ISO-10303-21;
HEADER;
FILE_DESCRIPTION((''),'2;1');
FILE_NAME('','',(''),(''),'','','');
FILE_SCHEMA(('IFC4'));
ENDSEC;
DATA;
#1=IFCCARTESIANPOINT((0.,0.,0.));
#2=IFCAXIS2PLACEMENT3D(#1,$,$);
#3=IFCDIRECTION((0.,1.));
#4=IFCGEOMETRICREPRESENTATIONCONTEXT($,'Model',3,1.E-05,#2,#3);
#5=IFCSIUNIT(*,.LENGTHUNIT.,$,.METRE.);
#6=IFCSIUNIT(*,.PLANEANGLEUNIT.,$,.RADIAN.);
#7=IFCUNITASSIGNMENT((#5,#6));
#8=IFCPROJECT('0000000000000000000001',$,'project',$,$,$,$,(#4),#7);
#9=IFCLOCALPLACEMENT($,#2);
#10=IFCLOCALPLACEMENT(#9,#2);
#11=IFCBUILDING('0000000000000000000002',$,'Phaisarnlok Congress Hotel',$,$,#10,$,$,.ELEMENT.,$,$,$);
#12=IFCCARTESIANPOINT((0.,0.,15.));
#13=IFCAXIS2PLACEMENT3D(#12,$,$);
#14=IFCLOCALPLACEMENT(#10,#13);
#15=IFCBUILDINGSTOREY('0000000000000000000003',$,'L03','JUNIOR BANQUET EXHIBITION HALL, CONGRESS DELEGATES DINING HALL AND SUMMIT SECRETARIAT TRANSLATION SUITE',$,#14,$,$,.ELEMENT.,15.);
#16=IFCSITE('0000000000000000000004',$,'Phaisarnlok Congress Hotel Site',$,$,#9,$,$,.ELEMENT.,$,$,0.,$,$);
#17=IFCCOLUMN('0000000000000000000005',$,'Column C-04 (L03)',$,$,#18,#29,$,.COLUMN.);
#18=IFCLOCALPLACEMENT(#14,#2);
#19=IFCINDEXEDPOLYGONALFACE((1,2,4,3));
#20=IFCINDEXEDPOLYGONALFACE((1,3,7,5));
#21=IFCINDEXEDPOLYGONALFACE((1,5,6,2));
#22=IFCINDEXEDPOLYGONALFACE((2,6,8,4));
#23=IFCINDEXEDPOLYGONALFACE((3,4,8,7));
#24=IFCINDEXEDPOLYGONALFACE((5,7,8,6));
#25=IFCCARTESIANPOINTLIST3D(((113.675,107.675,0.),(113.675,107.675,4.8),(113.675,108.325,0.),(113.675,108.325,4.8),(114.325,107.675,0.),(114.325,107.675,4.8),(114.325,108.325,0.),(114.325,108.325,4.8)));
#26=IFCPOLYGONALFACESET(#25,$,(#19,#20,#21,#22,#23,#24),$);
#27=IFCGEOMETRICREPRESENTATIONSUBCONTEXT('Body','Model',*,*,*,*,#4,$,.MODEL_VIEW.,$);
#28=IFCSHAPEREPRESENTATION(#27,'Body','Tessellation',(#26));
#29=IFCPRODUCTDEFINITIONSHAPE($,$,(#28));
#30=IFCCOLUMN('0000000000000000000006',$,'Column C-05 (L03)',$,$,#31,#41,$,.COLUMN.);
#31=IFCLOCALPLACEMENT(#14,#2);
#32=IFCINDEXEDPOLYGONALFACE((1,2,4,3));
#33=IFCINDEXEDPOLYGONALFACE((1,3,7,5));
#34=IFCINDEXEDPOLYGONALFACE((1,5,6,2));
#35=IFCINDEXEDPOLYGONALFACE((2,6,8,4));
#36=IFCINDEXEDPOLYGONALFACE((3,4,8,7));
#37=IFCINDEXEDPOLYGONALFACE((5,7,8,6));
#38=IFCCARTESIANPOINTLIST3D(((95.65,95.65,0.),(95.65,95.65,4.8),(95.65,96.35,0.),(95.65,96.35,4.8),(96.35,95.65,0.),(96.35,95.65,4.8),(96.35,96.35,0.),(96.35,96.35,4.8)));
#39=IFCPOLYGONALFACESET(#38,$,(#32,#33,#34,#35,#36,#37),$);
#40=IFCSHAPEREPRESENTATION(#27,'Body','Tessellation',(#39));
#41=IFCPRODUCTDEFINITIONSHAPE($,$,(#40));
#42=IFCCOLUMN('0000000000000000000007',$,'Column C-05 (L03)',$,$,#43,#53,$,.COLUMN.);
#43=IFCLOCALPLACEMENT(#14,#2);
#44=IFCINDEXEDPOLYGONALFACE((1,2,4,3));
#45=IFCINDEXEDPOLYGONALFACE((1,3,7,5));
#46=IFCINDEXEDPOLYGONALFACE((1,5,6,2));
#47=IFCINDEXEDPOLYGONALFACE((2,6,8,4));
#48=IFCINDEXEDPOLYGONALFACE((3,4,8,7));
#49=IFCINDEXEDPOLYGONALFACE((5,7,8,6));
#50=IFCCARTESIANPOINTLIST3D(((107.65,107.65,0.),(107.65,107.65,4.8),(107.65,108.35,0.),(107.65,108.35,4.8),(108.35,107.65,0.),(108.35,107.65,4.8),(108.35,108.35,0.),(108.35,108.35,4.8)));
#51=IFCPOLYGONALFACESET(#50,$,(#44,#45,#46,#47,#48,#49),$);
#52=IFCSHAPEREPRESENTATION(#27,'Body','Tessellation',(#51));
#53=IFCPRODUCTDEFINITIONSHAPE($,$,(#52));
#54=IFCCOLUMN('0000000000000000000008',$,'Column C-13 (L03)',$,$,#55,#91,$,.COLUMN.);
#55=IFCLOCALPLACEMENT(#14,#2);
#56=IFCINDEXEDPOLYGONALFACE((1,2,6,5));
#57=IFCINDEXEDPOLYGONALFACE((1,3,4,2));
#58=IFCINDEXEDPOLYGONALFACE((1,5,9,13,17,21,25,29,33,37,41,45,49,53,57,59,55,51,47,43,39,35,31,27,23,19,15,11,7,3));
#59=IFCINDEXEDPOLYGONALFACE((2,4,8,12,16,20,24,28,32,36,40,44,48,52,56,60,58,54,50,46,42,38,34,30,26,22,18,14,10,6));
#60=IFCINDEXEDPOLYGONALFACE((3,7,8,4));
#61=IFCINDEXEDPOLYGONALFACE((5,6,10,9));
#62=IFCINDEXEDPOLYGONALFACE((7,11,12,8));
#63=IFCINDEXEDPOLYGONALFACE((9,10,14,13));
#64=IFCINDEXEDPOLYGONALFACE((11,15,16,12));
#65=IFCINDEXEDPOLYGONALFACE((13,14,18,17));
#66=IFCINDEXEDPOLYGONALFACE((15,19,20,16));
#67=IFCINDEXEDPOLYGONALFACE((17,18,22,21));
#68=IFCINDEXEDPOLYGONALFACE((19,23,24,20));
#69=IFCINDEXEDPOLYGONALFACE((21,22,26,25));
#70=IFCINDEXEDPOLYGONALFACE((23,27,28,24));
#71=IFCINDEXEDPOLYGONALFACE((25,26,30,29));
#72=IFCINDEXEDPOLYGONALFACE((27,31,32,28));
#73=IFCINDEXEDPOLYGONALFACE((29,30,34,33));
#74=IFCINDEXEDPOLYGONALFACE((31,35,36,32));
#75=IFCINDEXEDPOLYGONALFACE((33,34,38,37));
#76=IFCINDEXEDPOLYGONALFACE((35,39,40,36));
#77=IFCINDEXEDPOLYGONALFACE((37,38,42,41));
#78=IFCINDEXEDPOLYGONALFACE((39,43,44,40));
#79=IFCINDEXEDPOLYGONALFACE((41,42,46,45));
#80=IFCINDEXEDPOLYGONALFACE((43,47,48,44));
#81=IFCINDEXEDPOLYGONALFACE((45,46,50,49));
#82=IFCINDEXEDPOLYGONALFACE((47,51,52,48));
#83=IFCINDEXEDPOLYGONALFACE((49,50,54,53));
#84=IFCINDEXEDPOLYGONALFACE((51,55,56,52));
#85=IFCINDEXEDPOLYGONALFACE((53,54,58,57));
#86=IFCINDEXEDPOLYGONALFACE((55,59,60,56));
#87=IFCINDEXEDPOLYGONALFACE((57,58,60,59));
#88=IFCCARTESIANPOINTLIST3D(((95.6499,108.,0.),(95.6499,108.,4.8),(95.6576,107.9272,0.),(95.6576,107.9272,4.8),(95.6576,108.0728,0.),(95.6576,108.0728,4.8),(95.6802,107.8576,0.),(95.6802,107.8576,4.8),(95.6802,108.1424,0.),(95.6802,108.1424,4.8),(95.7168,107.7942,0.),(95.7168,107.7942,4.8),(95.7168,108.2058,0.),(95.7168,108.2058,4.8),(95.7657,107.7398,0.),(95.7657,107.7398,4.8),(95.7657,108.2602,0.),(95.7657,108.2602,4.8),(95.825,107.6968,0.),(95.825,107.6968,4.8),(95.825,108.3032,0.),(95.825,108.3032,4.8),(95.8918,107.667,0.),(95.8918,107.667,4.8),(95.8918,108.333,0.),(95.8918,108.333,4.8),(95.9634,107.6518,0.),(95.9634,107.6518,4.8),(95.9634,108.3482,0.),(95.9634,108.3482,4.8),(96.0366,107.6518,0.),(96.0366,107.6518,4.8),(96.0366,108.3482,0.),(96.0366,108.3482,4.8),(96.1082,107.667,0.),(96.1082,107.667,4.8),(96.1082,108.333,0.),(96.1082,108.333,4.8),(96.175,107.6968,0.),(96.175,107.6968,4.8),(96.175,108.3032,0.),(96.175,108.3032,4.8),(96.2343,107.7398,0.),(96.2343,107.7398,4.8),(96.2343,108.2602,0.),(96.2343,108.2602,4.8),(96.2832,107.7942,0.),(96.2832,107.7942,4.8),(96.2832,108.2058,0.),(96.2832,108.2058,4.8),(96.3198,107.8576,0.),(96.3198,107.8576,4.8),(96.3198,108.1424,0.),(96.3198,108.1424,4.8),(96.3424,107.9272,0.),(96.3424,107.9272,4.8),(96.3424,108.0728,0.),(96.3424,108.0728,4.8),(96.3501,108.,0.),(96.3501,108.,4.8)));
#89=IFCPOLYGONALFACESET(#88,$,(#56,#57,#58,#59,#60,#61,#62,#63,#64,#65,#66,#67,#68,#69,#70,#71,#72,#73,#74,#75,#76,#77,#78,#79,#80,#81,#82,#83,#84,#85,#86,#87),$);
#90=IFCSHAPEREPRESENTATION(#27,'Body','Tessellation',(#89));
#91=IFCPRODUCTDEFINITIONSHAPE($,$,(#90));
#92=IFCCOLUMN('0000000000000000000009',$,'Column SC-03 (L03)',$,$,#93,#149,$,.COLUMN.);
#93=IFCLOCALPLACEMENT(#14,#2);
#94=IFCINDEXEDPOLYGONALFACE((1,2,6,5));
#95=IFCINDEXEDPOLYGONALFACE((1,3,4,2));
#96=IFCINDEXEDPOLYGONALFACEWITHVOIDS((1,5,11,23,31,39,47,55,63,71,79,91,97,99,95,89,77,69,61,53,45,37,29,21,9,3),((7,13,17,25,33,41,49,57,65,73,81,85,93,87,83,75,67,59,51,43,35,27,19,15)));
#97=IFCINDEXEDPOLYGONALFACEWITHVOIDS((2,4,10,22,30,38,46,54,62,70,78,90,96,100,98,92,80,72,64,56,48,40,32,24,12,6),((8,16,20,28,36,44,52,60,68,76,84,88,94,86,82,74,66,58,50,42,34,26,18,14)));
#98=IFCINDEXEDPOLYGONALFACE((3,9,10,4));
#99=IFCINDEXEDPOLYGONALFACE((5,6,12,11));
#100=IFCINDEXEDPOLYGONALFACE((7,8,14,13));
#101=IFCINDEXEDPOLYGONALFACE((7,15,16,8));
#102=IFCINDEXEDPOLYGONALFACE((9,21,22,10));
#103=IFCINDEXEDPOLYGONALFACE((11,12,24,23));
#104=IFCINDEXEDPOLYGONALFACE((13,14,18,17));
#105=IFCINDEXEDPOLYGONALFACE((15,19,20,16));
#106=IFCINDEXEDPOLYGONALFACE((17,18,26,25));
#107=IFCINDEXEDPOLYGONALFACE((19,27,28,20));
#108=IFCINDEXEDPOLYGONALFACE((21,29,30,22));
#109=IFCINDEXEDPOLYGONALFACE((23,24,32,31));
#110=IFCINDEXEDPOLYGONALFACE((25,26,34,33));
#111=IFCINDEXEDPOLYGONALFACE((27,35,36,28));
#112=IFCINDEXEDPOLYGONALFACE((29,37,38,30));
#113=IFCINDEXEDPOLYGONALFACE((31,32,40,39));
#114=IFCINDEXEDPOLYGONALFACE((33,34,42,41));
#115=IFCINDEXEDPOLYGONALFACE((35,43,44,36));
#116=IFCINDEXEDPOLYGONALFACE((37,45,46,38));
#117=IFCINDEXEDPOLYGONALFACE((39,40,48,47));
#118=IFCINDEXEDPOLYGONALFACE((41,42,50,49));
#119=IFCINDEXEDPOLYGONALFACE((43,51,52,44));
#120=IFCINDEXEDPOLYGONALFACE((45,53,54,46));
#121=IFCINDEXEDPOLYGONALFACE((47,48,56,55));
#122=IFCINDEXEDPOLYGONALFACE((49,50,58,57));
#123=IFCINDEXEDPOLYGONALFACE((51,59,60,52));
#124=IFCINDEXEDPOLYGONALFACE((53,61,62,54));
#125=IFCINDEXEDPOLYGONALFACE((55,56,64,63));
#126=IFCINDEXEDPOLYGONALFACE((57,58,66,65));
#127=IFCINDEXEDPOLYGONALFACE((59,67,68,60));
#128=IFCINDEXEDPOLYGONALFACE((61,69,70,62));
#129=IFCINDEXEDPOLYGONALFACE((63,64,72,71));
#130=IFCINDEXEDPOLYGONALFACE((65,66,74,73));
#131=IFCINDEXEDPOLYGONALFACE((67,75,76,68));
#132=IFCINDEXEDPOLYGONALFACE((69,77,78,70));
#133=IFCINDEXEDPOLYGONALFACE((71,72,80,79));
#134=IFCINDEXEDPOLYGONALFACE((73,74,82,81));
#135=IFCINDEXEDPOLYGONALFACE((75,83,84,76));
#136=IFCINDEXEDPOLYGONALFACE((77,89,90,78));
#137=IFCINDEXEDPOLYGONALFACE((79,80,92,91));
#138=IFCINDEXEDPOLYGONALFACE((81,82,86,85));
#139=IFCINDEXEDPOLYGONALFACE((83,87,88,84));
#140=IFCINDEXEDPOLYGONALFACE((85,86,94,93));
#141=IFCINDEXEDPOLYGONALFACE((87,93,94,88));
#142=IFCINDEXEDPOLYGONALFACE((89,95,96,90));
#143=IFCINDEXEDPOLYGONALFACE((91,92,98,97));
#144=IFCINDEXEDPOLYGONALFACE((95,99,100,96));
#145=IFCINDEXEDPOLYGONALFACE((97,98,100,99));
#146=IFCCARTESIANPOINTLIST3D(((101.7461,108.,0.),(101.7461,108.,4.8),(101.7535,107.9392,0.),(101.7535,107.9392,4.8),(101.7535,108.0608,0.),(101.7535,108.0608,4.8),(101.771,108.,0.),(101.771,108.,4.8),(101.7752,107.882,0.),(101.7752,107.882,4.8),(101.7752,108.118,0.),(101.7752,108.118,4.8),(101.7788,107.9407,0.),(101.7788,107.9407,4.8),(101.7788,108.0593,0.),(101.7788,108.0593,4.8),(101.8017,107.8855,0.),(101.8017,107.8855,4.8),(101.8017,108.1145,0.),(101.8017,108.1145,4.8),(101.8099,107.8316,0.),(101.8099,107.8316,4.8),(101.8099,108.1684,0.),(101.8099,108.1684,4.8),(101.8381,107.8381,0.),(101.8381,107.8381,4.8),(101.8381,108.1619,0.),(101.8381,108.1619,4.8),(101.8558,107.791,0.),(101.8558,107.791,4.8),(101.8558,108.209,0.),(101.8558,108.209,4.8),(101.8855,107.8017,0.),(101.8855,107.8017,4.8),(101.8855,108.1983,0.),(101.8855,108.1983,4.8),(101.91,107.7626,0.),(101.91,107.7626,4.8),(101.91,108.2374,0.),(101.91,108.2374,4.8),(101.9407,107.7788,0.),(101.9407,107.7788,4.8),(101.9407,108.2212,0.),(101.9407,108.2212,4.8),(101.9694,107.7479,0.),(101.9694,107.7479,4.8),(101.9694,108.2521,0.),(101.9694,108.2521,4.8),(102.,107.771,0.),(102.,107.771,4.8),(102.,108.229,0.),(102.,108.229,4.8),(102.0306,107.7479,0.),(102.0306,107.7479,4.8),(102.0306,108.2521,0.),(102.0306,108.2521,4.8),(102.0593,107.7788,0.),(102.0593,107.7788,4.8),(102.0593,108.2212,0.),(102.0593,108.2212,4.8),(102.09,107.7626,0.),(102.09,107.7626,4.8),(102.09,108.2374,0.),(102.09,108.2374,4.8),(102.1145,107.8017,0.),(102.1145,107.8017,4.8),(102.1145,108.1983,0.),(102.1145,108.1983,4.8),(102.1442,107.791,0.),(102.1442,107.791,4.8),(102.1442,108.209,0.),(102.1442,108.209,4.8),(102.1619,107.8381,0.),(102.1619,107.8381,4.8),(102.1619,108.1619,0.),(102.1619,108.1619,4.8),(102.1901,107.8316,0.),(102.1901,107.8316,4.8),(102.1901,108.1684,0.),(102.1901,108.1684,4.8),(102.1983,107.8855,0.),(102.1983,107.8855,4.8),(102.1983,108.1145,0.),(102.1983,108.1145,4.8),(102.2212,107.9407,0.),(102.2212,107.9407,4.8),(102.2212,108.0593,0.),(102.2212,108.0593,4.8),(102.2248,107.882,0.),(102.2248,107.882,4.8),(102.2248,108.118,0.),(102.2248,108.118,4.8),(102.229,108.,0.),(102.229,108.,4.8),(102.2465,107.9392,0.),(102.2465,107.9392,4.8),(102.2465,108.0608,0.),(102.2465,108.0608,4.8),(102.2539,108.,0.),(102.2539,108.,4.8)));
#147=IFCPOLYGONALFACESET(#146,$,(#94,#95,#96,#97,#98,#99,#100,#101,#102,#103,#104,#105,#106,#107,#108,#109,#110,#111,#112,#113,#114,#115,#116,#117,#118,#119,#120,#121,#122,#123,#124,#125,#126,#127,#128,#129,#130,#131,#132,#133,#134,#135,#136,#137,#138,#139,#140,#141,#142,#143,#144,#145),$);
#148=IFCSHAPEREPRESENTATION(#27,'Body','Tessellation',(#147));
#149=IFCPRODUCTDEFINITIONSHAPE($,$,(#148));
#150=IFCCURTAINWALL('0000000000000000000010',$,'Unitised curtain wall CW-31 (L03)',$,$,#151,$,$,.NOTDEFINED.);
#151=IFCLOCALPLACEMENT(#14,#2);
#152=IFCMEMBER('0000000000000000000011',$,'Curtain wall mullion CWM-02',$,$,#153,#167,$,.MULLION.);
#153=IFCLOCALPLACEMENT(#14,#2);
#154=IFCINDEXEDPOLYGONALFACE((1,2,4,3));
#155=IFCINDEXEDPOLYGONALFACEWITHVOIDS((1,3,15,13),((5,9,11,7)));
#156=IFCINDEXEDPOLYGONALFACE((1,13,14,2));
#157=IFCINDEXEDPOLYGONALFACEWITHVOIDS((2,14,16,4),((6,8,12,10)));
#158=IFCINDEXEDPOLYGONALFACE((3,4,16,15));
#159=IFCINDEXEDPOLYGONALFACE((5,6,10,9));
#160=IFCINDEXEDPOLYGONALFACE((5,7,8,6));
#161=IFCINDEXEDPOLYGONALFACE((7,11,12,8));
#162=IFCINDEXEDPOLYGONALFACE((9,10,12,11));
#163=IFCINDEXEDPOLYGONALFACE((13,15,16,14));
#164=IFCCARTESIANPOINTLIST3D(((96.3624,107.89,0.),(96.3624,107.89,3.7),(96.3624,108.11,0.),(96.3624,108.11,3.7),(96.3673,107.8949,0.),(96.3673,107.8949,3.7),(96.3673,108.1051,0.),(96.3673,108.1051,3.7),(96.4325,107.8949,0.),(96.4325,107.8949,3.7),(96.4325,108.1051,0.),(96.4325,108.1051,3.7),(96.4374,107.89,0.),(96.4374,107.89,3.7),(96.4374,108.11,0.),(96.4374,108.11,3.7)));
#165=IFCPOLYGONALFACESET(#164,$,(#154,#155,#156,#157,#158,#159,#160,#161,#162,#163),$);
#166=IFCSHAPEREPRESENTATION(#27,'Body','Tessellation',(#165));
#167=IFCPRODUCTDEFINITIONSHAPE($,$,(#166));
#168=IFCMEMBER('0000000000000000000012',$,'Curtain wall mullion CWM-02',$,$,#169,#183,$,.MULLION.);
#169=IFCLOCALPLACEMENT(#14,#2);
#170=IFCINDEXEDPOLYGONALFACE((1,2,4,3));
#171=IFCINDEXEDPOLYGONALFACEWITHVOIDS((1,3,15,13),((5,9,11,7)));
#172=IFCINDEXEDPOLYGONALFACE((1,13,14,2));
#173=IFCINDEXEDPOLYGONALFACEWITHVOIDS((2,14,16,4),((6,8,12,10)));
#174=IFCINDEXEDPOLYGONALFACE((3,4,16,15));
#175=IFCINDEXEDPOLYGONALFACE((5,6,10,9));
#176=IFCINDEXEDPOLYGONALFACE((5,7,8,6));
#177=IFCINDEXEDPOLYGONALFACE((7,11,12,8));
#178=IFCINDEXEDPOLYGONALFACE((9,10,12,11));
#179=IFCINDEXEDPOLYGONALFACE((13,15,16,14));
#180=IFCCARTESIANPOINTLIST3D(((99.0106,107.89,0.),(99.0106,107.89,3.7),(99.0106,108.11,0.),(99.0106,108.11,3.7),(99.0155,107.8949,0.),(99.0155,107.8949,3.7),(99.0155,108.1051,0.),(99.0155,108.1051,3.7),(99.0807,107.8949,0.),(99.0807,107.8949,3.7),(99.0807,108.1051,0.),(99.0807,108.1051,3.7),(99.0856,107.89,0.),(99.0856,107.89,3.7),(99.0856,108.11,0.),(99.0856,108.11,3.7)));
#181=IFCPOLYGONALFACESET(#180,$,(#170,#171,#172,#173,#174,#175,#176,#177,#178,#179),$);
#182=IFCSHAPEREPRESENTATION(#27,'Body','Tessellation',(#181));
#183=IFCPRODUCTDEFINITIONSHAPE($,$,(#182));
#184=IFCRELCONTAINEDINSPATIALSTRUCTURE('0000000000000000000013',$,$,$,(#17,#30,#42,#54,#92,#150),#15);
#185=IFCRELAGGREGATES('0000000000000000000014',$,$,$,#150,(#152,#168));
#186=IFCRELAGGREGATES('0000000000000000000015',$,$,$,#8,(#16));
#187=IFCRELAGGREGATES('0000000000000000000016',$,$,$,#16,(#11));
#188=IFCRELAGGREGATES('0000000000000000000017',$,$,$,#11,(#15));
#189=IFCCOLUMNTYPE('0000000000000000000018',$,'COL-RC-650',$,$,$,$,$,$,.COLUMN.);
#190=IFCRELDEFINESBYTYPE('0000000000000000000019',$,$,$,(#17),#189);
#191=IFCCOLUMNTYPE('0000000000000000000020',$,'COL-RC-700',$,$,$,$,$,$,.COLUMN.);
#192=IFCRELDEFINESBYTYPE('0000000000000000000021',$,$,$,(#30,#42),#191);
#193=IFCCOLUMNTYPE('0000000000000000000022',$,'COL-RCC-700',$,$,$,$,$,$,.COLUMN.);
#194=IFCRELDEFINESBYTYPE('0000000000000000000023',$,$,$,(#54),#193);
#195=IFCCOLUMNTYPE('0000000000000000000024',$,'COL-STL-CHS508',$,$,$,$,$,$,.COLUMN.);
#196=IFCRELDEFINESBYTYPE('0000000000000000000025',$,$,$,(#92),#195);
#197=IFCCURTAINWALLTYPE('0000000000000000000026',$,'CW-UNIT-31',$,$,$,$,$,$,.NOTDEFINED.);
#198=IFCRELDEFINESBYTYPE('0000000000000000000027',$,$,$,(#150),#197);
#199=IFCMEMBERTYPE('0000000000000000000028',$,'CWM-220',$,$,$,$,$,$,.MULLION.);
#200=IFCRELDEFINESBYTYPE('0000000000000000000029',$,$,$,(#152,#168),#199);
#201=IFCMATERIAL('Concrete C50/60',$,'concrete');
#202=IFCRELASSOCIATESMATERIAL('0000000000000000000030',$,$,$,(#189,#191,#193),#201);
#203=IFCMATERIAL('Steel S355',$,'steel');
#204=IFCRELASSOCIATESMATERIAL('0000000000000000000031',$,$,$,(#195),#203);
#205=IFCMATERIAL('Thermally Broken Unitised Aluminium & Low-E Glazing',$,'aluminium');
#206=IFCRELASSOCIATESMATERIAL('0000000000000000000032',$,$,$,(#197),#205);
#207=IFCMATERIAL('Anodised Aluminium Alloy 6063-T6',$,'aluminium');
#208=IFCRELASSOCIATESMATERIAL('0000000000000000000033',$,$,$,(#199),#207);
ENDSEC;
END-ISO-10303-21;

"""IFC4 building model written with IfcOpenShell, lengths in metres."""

from ifc_helpers import new_model, si_unit, direction, frame, origin, origin_2d, place, context, subcontext, project, spatial, rectangle, hollow_rectangle, circle, hollow_circle, extrude, material, material_profile, profile_set, type_object, element, aggregate, save


model = new_model("IFC4")

# Units and contexts
model_context = context("Model", 3, precision=1e-05, world=origin(), true_north=direction((0.0, 1.0)))
body_context = subcontext(model_context, "Body", "Model", "MODEL_VIEW")
ifc_project = project(units=[si_unit("LENGTHUNIT", "METRE"), si_unit("PLANEANGLEUNIT", "RADIAN")], contexts=[model_context])

# Site, building, storey
site_placement = place(None, origin())
site = spatial("IfcSite", under=ifc_project, at=site_placement, Name="Phaisarnlok Congress Hotel Site", CompositionType="ELEMENT", RefElevation=0.0)
building_placement = place(site_placement, origin())
building = spatial("IfcBuilding", under=site, at=building_placement, Name="Phaisarnlok Congress Hotel", CompositionType="ELEMENT")
storey_placement = place(building_placement, frame((0.0, 0.0, 15.0)))
storey = spatial("IfcBuildingStorey", under=building, at=storey_placement, Name="L03", Description="JUNIOR BANQUET EXHIBITION HALL, CONGRESS DELEGATES DINING HALL AND SUMMIT SECRETARIAT TRANSLATION SUITE", CompositionType="ELEMENT", Elevation=15.0)

# Columns
ifc_material_1 = material(Name="Concrete C50/60", Category="concrete")
ifc_material_profile_1 = material_profile(ifc_material_1, rectangle(XDim=0.6499, YDim=0.6499, at=origin_2d()), Name="RC 650x650")
ifc_profile_set_1 = profile_set([ifc_material_profile_1], Name="Concrete C50/60")
column_type_1 = type_object("IfcColumnType", Name="COL-RC-650", PredefinedType="COLUMN", material=ifc_profile_set_1)
column_1_placement = place(storey_placement, frame((114.0, 108.0, 0.0), z_axis=(0.0, 0.0, 1.0), x_axis=(1.0, 0.0, 0.0)))
element("IfcColumn", 1, at=column_1_placement, inside=storey, type_object=column_type_1, Name="Column C-04 (L03)", PredefinedType="COLUMN", context=body_context, shape_type="SweptSolid", body=[
    extrude(rectangle(XDim=0.6499, YDim=0.6499, at=origin_2d()), origin(), (0.0, 0.0, 1.0), 4.8),
])
ifc_material_profile_2 = material_profile(ifc_material_1, rectangle(XDim=0.7, YDim=0.7, at=origin_2d()), Name="RC 700x700")
ifc_profile_set_2 = profile_set([ifc_material_profile_2], Name="Concrete C50/60")
column_type_2 = type_object("IfcColumnType", Name="COL-RC-700", PredefinedType="COLUMN", material=ifc_profile_set_2)
for number, where, z_axis, x_axis, name in (
    (2, (96.0, 96.0, 0.0), (0.0, 0.0, 1.0), (1.0, 0.0, 0.0), "Column C-05 (L03)"),
    (3, (108.0, 108.0, 0.0), (0.0, 0.0, 1.0), (1.0, 0.0, 0.0), "Column C-05 (L03)"),
):
    element("IfcColumn", number, at=place(storey_placement, frame(where, z_axis=z_axis, x_axis=x_axis)), inside=storey, type_object=column_type_2, Name=name, PredefinedType="COLUMN", context=body_context, shape_type="SweptSolid", body=[
        extrude(rectangle(XDim=0.7, YDim=0.7, at=origin_2d()), origin(), (0.0, 0.0, 1.0), 4.8),
    ])
ifc_material_profile_3 = material_profile(ifc_material_1, circle(Radius=0.3501, at=origin_2d()), Name="RCC D700")
ifc_profile_set_3 = profile_set([ifc_material_profile_3], Name="Concrete C50/60")
column_type_3 = type_object("IfcColumnType", Name="COL-RCC-700", PredefinedType="COLUMN", material=ifc_profile_set_3)
column_2_placement = place(storey_placement, frame((96.0, 108.0, 0.0), z_axis=(0.0, 0.0, 1.0), x_axis=(1.0, 0.0, 0.0)))
element("IfcColumn", 4, at=column_2_placement, inside=storey, type_object=column_type_3, Name="Column C-13 (L03)", PredefinedType="COLUMN", context=body_context, shape_type="SweptSolid", body=[
    extrude(circle(Radius=0.3501, at=origin_2d()), origin(), (0.0, 0.0, 1.0), 4.8),
])
ifc_material_2 = material(Name="Steel S355", Category="steel")
ifc_material_profile_4 = material_profile(ifc_material_2, hollow_circle(Radius=0.2539, WallThickness=0.0249, at=origin_2d()), Name="CHS 508x25")
ifc_profile_set_4 = profile_set([ifc_material_profile_4], Name="Steel S355")
column_type_4 = type_object("IfcColumnType", Name="COL-STL-CHS508", PredefinedType="COLUMN", material=ifc_profile_set_4)
column_3_placement = place(storey_placement, frame((102.0, 108.0, 0.0), z_axis=(0.0, 0.0, 1.0), x_axis=(1.0, 0.0, 0.0)))
element("IfcColumn", 5, at=column_3_placement, inside=storey, type_object=column_type_4, Name="Column SC-03 (L03)", PredefinedType="COLUMN", context=body_context, shape_type="SweptSolid", body=[
    extrude(hollow_circle(Radius=0.2539, WallThickness=0.0249, at=origin_2d()), origin(), (0.0, 0.0, 1.0), 4.8),
])

# Curtain wall, members
ifc_material_3 = material(Name="Thermally Broken Unitised Aluminium & Low-E Glazing", Category="aluminium")
curtain_wall_type = type_object("IfcCurtainWallType", Name="CW-UNIT-31", PredefinedType="NOTDEFINED", material=ifc_material_3)
curtain_wall_placement = place(storey_placement, origin())
curtain_wall = element("IfcCurtainWall", 6, at=curtain_wall_placement, inside=storey, type_object=curtain_wall_type, Name="Unitised curtain wall CW-31 (L03)", PredefinedType="NOTDEFINED")
ifc_material_4 = material(Name="Anodised Aluminium Alloy 6063-T6", Category="aluminium")
ifc_material_profile_5 = material_profile(ifc_material_4, hollow_rectangle(XDim=0.075, YDim=0.22, WallThickness=0.0049, at=origin_2d()), Name="ALU-M 75x220x5")
ifc_profile_set_5 = profile_set([ifc_material_profile_5], Name="Anodised Aluminium Alloy 6063-T6")
member_type_1 = type_object("IfcMemberType", Name="CWM-220", PredefinedType="MULLION", material=ifc_profile_set_5)
member_1_placement = place(storey_placement, frame((96.3999, 108.0, 0.0), z_axis=(0.0, 0.0, 1.0), x_axis=(1.0, 0.0, 0.0)))
member_1 = element("IfcMember", 7, at=member_1_placement, type_object=member_type_1, Name="Curtain wall mullion CWM-02", PredefinedType="MULLION", context=body_context, shape_type="SweptSolid", body=[
    extrude(hollow_rectangle(XDim=0.075, YDim=0.22, WallThickness=0.0049, at=origin_2d()), origin(), (0.0, 0.0, 1.0), 3.7),
])
member_2_placement = place(storey_placement, frame((99.0481, 108.0, 0.0), z_axis=(0.0, 0.0, 1.0), x_axis=(1.0, 0.0, 0.0)))
member_2 = element("IfcMember", 8, at=member_2_placement, type_object=member_type_1, Name="Curtain wall mullion CWM-02", PredefinedType="MULLION", context=body_context, shape_type="SweptSolid", body=[
    extrude(hollow_rectangle(XDim=0.075, YDim=0.22, WallThickness=0.0049, at=origin_2d()), origin(), (0.0, 0.0, 1.0), 3.7),
])

aggregate(curtain_wall, [member_1, member_2])

save(model, "model.ifc")
